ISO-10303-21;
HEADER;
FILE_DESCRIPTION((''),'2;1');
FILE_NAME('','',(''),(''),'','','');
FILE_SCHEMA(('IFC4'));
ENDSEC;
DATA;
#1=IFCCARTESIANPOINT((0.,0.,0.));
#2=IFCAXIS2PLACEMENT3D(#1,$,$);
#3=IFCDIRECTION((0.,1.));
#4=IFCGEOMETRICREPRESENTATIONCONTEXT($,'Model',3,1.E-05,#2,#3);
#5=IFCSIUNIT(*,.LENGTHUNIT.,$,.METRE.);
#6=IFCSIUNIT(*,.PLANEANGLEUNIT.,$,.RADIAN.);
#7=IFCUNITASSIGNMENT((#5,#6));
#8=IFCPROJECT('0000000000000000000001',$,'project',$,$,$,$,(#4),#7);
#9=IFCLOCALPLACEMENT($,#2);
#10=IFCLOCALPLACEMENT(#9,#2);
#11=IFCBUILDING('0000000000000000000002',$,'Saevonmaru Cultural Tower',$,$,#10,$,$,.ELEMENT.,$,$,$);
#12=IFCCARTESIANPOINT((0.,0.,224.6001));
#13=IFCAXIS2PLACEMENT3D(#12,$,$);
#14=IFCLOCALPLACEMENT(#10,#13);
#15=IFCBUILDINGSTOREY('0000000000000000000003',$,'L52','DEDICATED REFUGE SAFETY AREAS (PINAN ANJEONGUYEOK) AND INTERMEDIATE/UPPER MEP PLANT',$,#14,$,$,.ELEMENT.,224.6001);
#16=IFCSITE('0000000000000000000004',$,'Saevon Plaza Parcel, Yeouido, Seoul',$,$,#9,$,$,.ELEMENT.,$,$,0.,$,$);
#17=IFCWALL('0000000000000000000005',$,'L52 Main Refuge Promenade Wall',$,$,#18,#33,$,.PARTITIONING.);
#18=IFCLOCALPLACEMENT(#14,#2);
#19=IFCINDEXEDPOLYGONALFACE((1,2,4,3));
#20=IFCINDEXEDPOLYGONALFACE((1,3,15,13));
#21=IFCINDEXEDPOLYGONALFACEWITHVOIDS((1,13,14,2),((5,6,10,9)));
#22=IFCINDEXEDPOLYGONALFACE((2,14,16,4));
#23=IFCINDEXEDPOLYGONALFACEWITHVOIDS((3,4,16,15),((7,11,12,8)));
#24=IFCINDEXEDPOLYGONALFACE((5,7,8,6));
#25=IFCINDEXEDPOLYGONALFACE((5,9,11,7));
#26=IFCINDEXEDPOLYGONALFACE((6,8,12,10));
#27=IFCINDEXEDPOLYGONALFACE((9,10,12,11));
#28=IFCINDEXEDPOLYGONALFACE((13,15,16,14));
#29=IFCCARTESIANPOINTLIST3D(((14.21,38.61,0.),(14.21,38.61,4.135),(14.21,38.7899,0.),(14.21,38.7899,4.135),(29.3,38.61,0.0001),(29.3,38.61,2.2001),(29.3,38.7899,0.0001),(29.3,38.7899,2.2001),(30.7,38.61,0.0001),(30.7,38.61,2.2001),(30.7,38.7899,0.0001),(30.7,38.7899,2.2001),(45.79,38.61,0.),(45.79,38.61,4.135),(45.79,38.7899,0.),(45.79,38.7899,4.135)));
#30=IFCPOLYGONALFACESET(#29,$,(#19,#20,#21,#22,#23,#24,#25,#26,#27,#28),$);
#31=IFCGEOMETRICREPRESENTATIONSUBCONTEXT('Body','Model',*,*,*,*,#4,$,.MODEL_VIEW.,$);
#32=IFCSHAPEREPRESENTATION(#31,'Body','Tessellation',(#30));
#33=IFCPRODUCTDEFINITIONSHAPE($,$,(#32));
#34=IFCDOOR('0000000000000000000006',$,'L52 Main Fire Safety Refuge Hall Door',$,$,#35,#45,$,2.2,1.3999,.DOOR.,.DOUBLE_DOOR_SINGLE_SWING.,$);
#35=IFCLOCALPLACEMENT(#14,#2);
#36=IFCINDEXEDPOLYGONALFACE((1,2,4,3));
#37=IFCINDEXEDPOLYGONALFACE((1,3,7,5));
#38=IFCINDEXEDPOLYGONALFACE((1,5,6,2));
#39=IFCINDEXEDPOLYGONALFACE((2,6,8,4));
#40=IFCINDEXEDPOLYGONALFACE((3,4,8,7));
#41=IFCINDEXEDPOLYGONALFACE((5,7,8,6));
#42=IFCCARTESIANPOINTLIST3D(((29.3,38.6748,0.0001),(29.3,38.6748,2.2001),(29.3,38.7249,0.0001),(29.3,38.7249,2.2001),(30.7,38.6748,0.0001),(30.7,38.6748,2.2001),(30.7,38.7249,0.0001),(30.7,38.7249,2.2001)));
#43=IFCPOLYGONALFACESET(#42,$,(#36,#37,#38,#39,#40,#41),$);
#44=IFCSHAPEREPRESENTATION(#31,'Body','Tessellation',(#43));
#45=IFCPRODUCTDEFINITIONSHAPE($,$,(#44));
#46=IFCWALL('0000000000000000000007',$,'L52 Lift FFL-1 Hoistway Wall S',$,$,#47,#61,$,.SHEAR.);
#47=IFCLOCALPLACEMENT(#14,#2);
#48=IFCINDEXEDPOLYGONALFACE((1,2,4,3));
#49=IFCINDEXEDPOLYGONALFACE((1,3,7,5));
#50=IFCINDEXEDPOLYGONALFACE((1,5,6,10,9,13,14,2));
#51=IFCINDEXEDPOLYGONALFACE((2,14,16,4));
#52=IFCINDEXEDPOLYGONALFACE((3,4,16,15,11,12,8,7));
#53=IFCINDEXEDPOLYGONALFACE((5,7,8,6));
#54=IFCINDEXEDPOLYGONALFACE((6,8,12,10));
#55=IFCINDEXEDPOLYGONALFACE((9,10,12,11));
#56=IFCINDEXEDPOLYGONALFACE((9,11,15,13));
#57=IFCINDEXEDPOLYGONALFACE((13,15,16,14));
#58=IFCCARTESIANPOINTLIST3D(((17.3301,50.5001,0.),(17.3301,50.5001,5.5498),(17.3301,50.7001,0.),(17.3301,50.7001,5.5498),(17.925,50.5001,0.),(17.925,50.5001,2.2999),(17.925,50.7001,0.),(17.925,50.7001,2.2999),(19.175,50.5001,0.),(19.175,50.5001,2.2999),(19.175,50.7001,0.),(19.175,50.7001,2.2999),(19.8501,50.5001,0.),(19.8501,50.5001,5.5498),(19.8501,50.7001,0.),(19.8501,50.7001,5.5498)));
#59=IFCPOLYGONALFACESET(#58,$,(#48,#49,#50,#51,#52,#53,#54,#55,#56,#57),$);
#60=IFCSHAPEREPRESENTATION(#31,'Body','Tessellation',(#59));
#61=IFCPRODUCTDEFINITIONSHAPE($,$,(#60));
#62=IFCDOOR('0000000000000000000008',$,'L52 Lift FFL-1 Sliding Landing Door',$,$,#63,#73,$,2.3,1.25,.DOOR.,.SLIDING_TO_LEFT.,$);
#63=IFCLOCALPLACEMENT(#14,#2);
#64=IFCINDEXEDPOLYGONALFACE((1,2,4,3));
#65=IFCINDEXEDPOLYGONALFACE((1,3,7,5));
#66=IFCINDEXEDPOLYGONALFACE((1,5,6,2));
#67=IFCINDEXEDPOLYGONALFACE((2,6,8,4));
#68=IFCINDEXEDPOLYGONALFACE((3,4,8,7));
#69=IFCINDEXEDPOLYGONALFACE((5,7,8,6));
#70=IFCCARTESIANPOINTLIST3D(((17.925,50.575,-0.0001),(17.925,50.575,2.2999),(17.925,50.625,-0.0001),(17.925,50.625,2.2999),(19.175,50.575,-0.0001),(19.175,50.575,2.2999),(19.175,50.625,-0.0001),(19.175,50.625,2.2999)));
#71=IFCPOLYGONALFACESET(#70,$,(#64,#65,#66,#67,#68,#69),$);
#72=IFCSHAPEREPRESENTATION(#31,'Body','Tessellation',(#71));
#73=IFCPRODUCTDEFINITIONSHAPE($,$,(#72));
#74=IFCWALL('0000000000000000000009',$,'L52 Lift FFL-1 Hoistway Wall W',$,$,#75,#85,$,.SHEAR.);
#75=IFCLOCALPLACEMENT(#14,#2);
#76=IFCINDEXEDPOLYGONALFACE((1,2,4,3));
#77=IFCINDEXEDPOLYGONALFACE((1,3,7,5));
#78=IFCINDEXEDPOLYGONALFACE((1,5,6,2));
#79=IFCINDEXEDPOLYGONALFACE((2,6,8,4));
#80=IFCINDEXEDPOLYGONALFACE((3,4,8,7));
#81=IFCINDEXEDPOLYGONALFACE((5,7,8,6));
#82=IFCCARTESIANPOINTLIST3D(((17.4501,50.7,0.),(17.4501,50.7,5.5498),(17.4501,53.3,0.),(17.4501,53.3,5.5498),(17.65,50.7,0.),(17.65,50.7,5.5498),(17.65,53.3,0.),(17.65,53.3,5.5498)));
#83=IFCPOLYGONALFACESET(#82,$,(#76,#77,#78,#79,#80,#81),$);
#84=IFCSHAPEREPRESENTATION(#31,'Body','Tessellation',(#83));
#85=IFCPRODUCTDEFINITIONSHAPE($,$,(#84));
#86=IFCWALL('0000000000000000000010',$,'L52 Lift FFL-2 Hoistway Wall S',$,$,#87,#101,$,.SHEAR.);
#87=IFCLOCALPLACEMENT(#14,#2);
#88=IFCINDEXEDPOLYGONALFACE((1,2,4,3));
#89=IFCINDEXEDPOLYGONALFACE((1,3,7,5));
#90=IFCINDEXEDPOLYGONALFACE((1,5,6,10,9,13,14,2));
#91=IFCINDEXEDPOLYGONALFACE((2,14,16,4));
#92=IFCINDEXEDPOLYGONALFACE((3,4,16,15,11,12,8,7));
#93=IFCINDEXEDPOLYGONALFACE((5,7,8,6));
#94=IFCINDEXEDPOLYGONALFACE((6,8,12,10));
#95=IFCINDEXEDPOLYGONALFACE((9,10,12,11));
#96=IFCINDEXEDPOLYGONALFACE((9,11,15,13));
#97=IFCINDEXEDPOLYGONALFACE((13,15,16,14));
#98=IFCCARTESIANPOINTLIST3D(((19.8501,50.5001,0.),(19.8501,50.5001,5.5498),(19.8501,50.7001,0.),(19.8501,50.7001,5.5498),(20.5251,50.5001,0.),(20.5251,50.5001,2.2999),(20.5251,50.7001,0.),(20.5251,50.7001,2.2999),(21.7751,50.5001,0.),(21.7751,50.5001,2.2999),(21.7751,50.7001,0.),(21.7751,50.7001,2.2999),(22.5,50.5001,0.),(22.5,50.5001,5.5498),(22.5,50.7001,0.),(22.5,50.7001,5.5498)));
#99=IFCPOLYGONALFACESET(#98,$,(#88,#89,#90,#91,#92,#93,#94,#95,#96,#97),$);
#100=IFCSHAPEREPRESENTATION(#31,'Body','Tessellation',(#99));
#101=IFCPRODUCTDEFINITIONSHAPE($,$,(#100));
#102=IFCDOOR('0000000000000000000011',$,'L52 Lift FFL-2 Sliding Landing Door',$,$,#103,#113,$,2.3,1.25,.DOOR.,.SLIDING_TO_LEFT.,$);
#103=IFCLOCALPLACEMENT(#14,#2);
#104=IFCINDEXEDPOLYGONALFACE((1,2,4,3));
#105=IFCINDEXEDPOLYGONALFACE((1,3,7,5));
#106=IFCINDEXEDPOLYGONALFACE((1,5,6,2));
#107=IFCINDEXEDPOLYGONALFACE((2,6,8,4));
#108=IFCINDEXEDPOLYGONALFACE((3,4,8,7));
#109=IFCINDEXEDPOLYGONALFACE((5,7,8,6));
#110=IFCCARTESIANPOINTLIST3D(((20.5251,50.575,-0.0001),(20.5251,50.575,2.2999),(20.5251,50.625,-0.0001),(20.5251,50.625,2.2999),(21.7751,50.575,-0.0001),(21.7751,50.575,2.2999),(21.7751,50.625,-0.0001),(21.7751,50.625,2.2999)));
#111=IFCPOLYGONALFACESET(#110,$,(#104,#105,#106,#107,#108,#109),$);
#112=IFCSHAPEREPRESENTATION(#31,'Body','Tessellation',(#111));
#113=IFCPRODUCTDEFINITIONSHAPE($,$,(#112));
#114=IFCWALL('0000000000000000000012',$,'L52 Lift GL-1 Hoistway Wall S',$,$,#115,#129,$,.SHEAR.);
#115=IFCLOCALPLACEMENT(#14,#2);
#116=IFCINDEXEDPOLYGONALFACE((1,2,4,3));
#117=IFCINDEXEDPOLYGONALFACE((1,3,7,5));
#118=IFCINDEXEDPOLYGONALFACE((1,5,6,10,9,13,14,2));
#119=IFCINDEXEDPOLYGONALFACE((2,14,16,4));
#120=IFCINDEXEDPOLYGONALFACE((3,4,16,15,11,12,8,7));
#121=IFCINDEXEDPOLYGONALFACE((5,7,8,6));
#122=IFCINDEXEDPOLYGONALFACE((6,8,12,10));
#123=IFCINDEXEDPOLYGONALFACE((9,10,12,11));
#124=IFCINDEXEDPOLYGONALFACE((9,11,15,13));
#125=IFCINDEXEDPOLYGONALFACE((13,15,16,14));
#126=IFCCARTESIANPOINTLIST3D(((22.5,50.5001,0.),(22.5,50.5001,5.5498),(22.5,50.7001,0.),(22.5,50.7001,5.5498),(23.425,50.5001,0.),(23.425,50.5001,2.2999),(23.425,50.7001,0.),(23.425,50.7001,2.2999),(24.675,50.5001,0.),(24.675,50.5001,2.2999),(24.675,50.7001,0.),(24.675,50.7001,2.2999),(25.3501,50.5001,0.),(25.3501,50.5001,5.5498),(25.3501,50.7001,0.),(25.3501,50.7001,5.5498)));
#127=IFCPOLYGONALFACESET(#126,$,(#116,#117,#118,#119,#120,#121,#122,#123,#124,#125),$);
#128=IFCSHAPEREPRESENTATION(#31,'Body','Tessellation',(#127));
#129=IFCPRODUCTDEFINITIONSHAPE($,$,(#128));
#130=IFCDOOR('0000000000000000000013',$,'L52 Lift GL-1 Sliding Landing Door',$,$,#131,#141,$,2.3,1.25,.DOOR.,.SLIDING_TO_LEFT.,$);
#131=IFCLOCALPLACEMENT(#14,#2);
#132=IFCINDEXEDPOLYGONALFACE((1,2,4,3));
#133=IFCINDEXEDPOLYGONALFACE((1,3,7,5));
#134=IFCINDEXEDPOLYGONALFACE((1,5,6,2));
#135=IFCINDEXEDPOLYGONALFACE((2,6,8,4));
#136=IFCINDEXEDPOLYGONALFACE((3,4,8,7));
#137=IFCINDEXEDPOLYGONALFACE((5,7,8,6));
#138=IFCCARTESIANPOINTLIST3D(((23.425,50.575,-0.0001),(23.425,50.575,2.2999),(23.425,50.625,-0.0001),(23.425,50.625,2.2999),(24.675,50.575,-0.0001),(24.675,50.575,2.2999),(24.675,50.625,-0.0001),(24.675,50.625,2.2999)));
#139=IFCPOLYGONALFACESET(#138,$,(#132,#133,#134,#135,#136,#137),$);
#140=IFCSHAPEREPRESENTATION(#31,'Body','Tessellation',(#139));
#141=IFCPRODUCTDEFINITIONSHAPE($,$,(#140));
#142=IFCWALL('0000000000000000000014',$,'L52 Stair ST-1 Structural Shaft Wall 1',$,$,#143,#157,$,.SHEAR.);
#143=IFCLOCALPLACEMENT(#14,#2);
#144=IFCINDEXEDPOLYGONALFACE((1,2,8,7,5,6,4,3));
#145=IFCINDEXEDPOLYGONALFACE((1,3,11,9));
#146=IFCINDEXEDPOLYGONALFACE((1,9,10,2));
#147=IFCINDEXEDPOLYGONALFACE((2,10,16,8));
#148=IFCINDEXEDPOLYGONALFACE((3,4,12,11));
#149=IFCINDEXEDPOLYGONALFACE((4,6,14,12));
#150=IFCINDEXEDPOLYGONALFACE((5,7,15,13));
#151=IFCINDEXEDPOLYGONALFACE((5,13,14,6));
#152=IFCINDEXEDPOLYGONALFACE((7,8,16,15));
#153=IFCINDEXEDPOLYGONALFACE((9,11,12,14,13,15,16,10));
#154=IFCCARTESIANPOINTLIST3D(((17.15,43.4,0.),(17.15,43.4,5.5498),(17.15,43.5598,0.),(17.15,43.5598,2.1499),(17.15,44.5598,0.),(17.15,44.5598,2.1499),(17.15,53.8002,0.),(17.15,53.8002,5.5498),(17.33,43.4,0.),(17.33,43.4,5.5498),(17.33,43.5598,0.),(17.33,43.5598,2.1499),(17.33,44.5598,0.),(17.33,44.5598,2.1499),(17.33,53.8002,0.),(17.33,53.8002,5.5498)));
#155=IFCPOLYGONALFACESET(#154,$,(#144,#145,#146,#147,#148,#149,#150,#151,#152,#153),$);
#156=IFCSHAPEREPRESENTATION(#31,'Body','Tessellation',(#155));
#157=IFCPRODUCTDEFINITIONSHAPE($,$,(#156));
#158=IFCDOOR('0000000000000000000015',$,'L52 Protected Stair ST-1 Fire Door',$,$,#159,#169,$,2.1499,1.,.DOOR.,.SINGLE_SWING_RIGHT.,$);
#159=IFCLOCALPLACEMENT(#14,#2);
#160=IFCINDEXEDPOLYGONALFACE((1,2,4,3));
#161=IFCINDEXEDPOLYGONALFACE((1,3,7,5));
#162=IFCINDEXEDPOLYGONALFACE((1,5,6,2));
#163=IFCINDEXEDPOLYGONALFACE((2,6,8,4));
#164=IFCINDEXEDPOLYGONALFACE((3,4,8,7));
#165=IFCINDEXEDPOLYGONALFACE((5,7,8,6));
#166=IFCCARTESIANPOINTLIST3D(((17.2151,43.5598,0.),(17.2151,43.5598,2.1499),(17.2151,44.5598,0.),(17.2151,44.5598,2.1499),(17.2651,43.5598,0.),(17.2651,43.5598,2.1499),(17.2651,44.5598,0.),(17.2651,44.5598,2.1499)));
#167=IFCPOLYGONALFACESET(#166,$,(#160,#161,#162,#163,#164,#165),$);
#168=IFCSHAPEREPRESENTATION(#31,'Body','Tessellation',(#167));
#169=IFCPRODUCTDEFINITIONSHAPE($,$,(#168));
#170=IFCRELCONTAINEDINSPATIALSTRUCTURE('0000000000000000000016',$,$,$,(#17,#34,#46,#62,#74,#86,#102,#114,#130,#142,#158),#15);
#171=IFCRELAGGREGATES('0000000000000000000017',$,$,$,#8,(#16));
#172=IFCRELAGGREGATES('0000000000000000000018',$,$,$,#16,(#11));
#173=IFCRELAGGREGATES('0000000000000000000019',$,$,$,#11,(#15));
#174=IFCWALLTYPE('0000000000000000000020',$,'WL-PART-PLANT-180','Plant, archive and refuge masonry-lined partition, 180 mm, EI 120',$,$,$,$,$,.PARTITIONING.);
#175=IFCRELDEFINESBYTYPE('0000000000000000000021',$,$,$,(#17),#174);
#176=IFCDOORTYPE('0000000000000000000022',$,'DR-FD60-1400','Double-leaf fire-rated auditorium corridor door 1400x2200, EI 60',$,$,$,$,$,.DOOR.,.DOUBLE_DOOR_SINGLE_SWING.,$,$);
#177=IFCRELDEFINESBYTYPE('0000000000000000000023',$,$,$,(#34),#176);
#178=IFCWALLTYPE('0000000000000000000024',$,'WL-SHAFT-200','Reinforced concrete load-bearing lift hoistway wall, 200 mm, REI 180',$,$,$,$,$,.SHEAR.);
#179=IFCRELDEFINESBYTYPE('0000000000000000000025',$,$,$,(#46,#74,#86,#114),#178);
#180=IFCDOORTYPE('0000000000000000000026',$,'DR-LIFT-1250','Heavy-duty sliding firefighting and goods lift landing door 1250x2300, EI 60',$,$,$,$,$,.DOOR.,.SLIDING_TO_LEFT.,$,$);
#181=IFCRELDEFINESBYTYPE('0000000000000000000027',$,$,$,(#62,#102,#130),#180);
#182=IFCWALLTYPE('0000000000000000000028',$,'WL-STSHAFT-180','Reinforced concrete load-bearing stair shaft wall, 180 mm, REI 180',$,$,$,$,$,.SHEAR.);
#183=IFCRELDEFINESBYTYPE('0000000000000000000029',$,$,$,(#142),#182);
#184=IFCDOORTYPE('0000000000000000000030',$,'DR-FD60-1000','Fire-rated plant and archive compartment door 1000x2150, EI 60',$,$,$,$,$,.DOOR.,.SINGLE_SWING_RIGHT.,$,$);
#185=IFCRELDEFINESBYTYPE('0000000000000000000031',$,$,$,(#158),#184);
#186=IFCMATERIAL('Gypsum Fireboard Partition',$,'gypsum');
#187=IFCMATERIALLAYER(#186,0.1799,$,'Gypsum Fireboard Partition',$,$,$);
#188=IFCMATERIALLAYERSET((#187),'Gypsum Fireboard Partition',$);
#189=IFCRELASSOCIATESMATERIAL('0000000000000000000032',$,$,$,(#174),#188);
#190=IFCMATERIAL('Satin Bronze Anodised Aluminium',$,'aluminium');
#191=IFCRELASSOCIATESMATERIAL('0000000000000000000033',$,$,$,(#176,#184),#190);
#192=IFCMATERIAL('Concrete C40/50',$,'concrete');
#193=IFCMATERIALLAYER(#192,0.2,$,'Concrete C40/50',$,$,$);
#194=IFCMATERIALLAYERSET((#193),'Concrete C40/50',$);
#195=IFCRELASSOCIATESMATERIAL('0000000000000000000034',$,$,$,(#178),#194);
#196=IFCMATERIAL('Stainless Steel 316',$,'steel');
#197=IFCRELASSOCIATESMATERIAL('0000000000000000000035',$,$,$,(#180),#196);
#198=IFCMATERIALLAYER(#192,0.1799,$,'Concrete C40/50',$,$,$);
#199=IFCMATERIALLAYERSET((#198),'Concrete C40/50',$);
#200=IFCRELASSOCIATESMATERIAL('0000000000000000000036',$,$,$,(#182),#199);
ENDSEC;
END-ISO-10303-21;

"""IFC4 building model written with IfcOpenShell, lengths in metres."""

from ifc_helpers import new_model, si_unit, direction, frame, frame_2d, origin, place, context, subcontext, project, spatial, rectangle, extrude, material, layer, layer_set, type_object, element, fill, save


model = new_model("IFC4")

# Units and contexts
model_context = context("Model", 3, precision=1e-05, world=origin(), true_north=direction((0.0, 1.0)))
body_context = subcontext(model_context, "Body", "Model", "MODEL_VIEW")
ifc_project = project(units=[si_unit("LENGTHUNIT", "METRE"), si_unit("PLANEANGLEUNIT", "RADIAN")], contexts=[model_context])

# Site, building, storey
site_placement = place(None, origin())
site = spatial("IfcSite", under=ifc_project, at=site_placement, Name="Saevon Plaza Parcel, Yeouido, Seoul", CompositionType="ELEMENT", RefElevation=0.0)
building_placement = place(site_placement, origin())
building = spatial("IfcBuilding", under=site, at=building_placement, Name="Saevonmaru Cultural Tower", CompositionType="ELEMENT")
storey_placement = place(building_placement, frame((0.0, 0.0, 224.6001)))
storey = spatial("IfcBuildingStorey", under=building, at=storey_placement, Name="L52", Description="DEDICATED REFUGE SAFETY AREAS (PINAN ANJEONGUYEOK) AND INTERMEDIATE/UPPER MEP PLANT", CompositionType="ELEMENT", Elevation=224.6001)

# Walls, openings, doors
ifc_material_1 = material(Name="Gypsum Fireboard Partition", Category="gypsum")
ifc_material_2 = material(Name="Satin Bronze Anodised Aluminium", Category="aluminium")
ifc_layer_1 = layer(ifc_material_1, 0.1799, Name="Gypsum Fireboard Partition")
ifc_layer_set_1 = layer_set([ifc_layer_1], Name="Gypsum Fireboard Partition")
wall_type_1 = type_object("IfcWallType", Name="WL-PART-PLANT-180", Description="Plant, archive and refuge masonry-lined partition, 180 mm, EI 120", PredefinedType="PARTITIONING", material=ifc_layer_set_1)
wall_1_placement = place(storey_placement, frame((14.21, 38.7, 0.0), z_axis=(0.0, 0.0, 1.0), x_axis=(1.0, 0.0, 0.0)))
wall_1 = element("IfcWall", 1, at=wall_1_placement, inside=storey, type_object=wall_type_1, Name="L52 Main Refuge Promenade Wall", PredefinedType="PARTITIONING", context=body_context, shape_type="SweptSolid", body=[
    extrude(rectangle(XDim=31.5801, YDim=0.1799, at=frame_2d((15.79, 0.0))), origin(), (0.0, 0.0, 1.0), 4.135),
])
opening_1_placement = place(wall_1_placement, frame((15.0901, 0.0, 0.0)))
opening_1 = element("IfcOpeningElement", 2, at=opening_1_placement, cuts=wall_1, PredefinedType="OPENING", context=body_context, shape_type="SweptSolid", body=[
    extrude(rectangle(XDim=1.3999, YDim=2.2, at=frame_2d((0.7, 1.1001))), frame((0.0, 0.1001, 0.0), z_axis=(0.0, -1.0, 0.0), x_axis=(1.0, 0.0, 0.0)), (0.0, 0.0, 1.0), 0.2),
])
door_type_1 = type_object("IfcDoorType", Name="DR-FD60-1400", Description="Double-leaf fire-rated auditorium corridor door 1400x2200, EI 60", OperationType="DOUBLE_DOOR_SINGLE_SWING", PredefinedType="DOOR", material=ifc_material_2)
door_1_placement = place(opening_1_placement, origin())
door_1 = element("IfcDoor", 3, at=door_1_placement, inside=storey, type_object=door_type_1, Name="L52 Main Fire Safety Refuge Hall Door", OperationType="DOUBLE_DOOR_SINGLE_SWING", OverallHeight=2.2, OverallWidth=1.3999, PredefinedType="DOOR", context=body_context, shape_type="SweptSolid", body=[
    extrude(rectangle(XDim=1.3999, YDim=2.2, at=frame_2d((0.7, 1.1001))), frame((0.0, 0.0249, 0.0), z_axis=(0.0, -1.0, 0.0), x_axis=(1.0, 0.0, 0.0)), (0.0, 0.0, 1.0), 0.05),
])
fill(opening_1, door_1)
ifc_material_3 = material(Name="Concrete C40/50", Category="concrete")
ifc_layer_2 = layer(ifc_material_3, 0.2, Name="Concrete C40/50")
ifc_layer_set_2 = layer_set([ifc_layer_2], Name="Concrete C40/50")
wall_type_2 = type_object("IfcWallType", Name="WL-SHAFT-200", Description="Reinforced concrete load-bearing lift hoistway wall, 200 mm, REI 180", PredefinedType="SHEAR", material=ifc_layer_set_2)
wall_2_placement = place(storey_placement, frame((17.3301, 50.6001, 0.0), z_axis=(0.0, 0.0, 1.0), x_axis=(1.0, 0.0, 0.0)))
wall_2 = element("IfcWall", 4, at=wall_2_placement, inside=storey, type_object=wall_type_2, Name="L52 Lift FFL-1 Hoistway Wall S", PredefinedType="SHEAR", context=body_context, shape_type="SweptSolid", body=[
    extrude(rectangle(XDim=2.52, YDim=0.2, at=frame_2d((1.26, 0.0))), origin(), (0.0, 0.0, 1.0), 5.5498),
])
opening_2_placement = place(wall_2_placement, frame((0.595, 0.0, 0.0)))
opening_2 = element("IfcOpeningElement", 5, at=opening_2_placement, cuts=wall_2, PredefinedType="OPENING", context=body_context, shape_type="SweptSolid", body=[
    extrude(rectangle(XDim=1.25, YDim=2.3, at=frame_2d((0.625, 1.1499))), frame((0.0, 0.1099, 0.0), z_axis=(0.0, -1.0, 0.0), x_axis=(1.0, 0.0, 0.0)), (0.0, 0.0, 1.0), 0.22),
])
ifc_material_4 = material(Name="Stainless Steel 316", Category="steel")
door_type_2 = type_object("IfcDoorType", Name="DR-LIFT-1250", Description="Heavy-duty sliding firefighting and goods lift landing door 1250x2300, EI 60", OperationType="SLIDING_TO_LEFT", PredefinedType="DOOR", material=ifc_material_4)
door_2_placement = place(opening_2_placement, origin())
door_2 = element("IfcDoor", 6, at=door_2_placement, inside=storey, type_object=door_type_2, Name="L52 Lift FFL-1 Sliding Landing Door", OperationType="SLIDING_TO_LEFT", OverallHeight=2.3, OverallWidth=1.25, PredefinedType="DOOR", context=body_context, shape_type="SweptSolid", body=[
    extrude(rectangle(XDim=1.25, YDim=2.3, at=frame_2d((0.625, 1.1499))), frame((0.0, 0.0249, 0.0), z_axis=(0.0, -1.0, 0.0), x_axis=(1.0, 0.0, 0.0)), (0.0, 0.0, 1.0), 0.05),
])
fill(opening_2, door_2)

# Wall
wall_3_placement = place(storey_placement, frame((17.55, 50.7, 0.0), z_axis=(0.0, 0.0, 1.0), x_axis=(0.0, 1.0, 0.0)))
element("IfcWall", 7, at=wall_3_placement, inside=storey, type_object=wall_type_2, Name="L52 Lift FFL-1 Hoistway Wall W", PredefinedType="SHEAR", context=body_context, shape_type="SweptSolid", body=[
    extrude(rectangle(XDim=2.6001, YDim=0.2, at=frame_2d((1.3, 0.0))), origin(), (0.0, 0.0, 1.0), 5.5498),
])

# Walls, openings, doors
wall_4_placement = place(storey_placement, frame((19.8501, 50.6001, 0.0), z_axis=(0.0, 0.0, 1.0), x_axis=(1.0, 0.0, 0.0)))
wall_4 = element("IfcWall", 8, at=wall_4_placement, inside=storey, type_object=wall_type_2, Name="L52 Lift FFL-2 Hoistway Wall S", PredefinedType="SHEAR", context=body_context, shape_type="SweptSolid", body=[
    extrude(rectangle(XDim=2.6499, YDim=0.2, at=frame_2d((1.325, 0.0))), origin(), (0.0, 0.0, 1.0), 5.5498),
])
opening_3_placement = place(wall_4_placement, frame((0.675, 0.0, 0.0)))
opening_3 = element("IfcOpeningElement", 9, at=opening_3_placement, cuts=wall_4, PredefinedType="OPENING", context=body_context, shape_type="SweptSolid", body=[
    extrude(rectangle(XDim=1.25, YDim=2.3, at=frame_2d((0.625, 1.1499))), frame((0.0, 0.1099, 0.0), z_axis=(0.0, -1.0, 0.0), x_axis=(1.0, 0.0, 0.0)), (0.0, 0.0, 1.0), 0.22),
])
door_3_placement = place(opening_3_placement, origin())
door_3 = element("IfcDoor", 10, at=door_3_placement, inside=storey, type_object=door_type_2, Name="L52 Lift FFL-2 Sliding Landing Door", OperationType="SLIDING_TO_LEFT", OverallHeight=2.3, OverallWidth=1.25, PredefinedType="DOOR", context=body_context, shape_type="SweptSolid", body=[
    extrude(rectangle(XDim=1.25, YDim=2.3, at=frame_2d((0.625, 1.1499))), frame((0.0, 0.0249, 0.0), z_axis=(0.0, -1.0, 0.0), x_axis=(1.0, 0.0, 0.0)), (0.0, 0.0, 1.0), 0.05),
])
fill(opening_3, door_3)
wall_5_placement = place(storey_placement, frame((22.5, 50.6001, 0.0), z_axis=(0.0, 0.0, 1.0), x_axis=(1.0, 0.0, 0.0)))
wall_5 = element("IfcWall", 11, at=wall_5_placement, inside=storey, type_object=wall_type_2, Name="L52 Lift GL-1 Hoistway Wall S", PredefinedType="SHEAR", context=body_context, shape_type="SweptSolid", body=[
    extrude(rectangle(XDim=2.8501, YDim=0.2, at=frame_2d((1.425, 0.0))), origin(), (0.0, 0.0, 1.0), 5.5498),
])
opening_4_placement = place(wall_5_placement, frame((0.925, 0.0, 0.0)))
opening_4 = element("IfcOpeningElement", 12, at=opening_4_placement, cuts=wall_5, PredefinedType="OPENING", context=body_context, shape_type="SweptSolid", body=[
    extrude(rectangle(XDim=1.25, YDim=2.3, at=frame_2d((0.625, 1.1499))), frame((0.0, 0.1099, 0.0), z_axis=(0.0, -1.0, 0.0), x_axis=(1.0, 0.0, 0.0)), (0.0, 0.0, 1.0), 0.22),
])
door_4_placement = place(opening_4_placement, origin())
door_4 = element("IfcDoor", 13, at=door_4_placement, inside=storey, type_object=door_type_2, Name="L52 Lift GL-1 Sliding Landing Door", OperationType="SLIDING_TO_LEFT", OverallHeight=2.3, OverallWidth=1.25, PredefinedType="DOOR", context=body_context, shape_type="SweptSolid", body=[
    extrude(rectangle(XDim=1.25, YDim=2.3, at=frame_2d((0.625, 1.1499))), frame((0.0, 0.0249, 0.0), z_axis=(0.0, -1.0, 0.0), x_axis=(1.0, 0.0, 0.0)), (0.0, 0.0, 1.0), 0.05),
])
fill(opening_4, door_4)
ifc_layer_3 = layer(ifc_material_3, 0.1799, Name="Concrete C40/50")
ifc_layer_set_3 = layer_set([ifc_layer_3], Name="Concrete C40/50")
wall_type_3 = type_object("IfcWallType", Name="WL-STSHAFT-180", Description="Reinforced concrete load-bearing stair shaft wall, 180 mm, REI 180", PredefinedType="SHEAR", material=ifc_layer_set_3)
wall_6_placement = place(storey_placement, frame((17.24, 43.3999, 0.0), z_axis=(0.0, 0.0, 1.0), x_axis=(0.0, 1.0, 0.0)))
wall_6 = element("IfcWall", 14, at=wall_6_placement, inside=storey, type_object=wall_type_3, Name="L52 Stair ST-1 Structural Shaft Wall 1", PredefinedType="SHEAR", context=body_context, shape_type="SweptSolid", body=[
    extrude(rectangle(XDim=10.4001, YDim=0.1799, at=frame_2d((5.2002, 0.0))), origin(), (0.0, 0.0, 1.0), 5.5498),
])
opening_5_placement = place(wall_6_placement, frame((0.1599, 0.0, 0.0)))
opening_5 = element("IfcOpeningElement", 15, at=opening_5_placement, cuts=wall_6, PredefinedType="OPENING", context=body_context, shape_type="SweptSolid", body=[
    extrude(rectangle(XDim=1.0, YDim=2.1499, at=frame_2d((0.5, 1.075))), frame((0.0, 0.1001, 0.0), z_axis=(0.0, -1.0, 0.0), x_axis=(1.0, 0.0, 0.0)), (0.0, 0.0, 1.0), 0.2),
])
door_type_3 = type_object("IfcDoorType", Name="DR-FD60-1000", Description="Fire-rated plant and archive compartment door 1000x2150, EI 60", OperationType="SINGLE_SWING_RIGHT", PredefinedType="DOOR", material=ifc_material_2)
door_5_placement = place(opening_5_placement, origin())
door_5 = element("IfcDoor", 16, at=door_5_placement, inside=storey, type_object=door_type_3, Name="L52 Protected Stair ST-1 Fire Door", OperationType="SINGLE_SWING_RIGHT", OverallHeight=2.1499, OverallWidth=1.0, PredefinedType="DOOR", context=body_context, shape_type="SweptSolid", body=[
    extrude(rectangle(XDim=1.0, YDim=2.1499, at=frame_2d((0.5, 1.075))), frame((0.0, 0.0249, 0.0), z_axis=(0.0, -1.0, 0.0), x_axis=(1.0, 0.0, 0.0)), (0.0, 0.0, 1.0), 0.05),
])
fill(opening_5, door_5)

save(model, "model.ifc")
